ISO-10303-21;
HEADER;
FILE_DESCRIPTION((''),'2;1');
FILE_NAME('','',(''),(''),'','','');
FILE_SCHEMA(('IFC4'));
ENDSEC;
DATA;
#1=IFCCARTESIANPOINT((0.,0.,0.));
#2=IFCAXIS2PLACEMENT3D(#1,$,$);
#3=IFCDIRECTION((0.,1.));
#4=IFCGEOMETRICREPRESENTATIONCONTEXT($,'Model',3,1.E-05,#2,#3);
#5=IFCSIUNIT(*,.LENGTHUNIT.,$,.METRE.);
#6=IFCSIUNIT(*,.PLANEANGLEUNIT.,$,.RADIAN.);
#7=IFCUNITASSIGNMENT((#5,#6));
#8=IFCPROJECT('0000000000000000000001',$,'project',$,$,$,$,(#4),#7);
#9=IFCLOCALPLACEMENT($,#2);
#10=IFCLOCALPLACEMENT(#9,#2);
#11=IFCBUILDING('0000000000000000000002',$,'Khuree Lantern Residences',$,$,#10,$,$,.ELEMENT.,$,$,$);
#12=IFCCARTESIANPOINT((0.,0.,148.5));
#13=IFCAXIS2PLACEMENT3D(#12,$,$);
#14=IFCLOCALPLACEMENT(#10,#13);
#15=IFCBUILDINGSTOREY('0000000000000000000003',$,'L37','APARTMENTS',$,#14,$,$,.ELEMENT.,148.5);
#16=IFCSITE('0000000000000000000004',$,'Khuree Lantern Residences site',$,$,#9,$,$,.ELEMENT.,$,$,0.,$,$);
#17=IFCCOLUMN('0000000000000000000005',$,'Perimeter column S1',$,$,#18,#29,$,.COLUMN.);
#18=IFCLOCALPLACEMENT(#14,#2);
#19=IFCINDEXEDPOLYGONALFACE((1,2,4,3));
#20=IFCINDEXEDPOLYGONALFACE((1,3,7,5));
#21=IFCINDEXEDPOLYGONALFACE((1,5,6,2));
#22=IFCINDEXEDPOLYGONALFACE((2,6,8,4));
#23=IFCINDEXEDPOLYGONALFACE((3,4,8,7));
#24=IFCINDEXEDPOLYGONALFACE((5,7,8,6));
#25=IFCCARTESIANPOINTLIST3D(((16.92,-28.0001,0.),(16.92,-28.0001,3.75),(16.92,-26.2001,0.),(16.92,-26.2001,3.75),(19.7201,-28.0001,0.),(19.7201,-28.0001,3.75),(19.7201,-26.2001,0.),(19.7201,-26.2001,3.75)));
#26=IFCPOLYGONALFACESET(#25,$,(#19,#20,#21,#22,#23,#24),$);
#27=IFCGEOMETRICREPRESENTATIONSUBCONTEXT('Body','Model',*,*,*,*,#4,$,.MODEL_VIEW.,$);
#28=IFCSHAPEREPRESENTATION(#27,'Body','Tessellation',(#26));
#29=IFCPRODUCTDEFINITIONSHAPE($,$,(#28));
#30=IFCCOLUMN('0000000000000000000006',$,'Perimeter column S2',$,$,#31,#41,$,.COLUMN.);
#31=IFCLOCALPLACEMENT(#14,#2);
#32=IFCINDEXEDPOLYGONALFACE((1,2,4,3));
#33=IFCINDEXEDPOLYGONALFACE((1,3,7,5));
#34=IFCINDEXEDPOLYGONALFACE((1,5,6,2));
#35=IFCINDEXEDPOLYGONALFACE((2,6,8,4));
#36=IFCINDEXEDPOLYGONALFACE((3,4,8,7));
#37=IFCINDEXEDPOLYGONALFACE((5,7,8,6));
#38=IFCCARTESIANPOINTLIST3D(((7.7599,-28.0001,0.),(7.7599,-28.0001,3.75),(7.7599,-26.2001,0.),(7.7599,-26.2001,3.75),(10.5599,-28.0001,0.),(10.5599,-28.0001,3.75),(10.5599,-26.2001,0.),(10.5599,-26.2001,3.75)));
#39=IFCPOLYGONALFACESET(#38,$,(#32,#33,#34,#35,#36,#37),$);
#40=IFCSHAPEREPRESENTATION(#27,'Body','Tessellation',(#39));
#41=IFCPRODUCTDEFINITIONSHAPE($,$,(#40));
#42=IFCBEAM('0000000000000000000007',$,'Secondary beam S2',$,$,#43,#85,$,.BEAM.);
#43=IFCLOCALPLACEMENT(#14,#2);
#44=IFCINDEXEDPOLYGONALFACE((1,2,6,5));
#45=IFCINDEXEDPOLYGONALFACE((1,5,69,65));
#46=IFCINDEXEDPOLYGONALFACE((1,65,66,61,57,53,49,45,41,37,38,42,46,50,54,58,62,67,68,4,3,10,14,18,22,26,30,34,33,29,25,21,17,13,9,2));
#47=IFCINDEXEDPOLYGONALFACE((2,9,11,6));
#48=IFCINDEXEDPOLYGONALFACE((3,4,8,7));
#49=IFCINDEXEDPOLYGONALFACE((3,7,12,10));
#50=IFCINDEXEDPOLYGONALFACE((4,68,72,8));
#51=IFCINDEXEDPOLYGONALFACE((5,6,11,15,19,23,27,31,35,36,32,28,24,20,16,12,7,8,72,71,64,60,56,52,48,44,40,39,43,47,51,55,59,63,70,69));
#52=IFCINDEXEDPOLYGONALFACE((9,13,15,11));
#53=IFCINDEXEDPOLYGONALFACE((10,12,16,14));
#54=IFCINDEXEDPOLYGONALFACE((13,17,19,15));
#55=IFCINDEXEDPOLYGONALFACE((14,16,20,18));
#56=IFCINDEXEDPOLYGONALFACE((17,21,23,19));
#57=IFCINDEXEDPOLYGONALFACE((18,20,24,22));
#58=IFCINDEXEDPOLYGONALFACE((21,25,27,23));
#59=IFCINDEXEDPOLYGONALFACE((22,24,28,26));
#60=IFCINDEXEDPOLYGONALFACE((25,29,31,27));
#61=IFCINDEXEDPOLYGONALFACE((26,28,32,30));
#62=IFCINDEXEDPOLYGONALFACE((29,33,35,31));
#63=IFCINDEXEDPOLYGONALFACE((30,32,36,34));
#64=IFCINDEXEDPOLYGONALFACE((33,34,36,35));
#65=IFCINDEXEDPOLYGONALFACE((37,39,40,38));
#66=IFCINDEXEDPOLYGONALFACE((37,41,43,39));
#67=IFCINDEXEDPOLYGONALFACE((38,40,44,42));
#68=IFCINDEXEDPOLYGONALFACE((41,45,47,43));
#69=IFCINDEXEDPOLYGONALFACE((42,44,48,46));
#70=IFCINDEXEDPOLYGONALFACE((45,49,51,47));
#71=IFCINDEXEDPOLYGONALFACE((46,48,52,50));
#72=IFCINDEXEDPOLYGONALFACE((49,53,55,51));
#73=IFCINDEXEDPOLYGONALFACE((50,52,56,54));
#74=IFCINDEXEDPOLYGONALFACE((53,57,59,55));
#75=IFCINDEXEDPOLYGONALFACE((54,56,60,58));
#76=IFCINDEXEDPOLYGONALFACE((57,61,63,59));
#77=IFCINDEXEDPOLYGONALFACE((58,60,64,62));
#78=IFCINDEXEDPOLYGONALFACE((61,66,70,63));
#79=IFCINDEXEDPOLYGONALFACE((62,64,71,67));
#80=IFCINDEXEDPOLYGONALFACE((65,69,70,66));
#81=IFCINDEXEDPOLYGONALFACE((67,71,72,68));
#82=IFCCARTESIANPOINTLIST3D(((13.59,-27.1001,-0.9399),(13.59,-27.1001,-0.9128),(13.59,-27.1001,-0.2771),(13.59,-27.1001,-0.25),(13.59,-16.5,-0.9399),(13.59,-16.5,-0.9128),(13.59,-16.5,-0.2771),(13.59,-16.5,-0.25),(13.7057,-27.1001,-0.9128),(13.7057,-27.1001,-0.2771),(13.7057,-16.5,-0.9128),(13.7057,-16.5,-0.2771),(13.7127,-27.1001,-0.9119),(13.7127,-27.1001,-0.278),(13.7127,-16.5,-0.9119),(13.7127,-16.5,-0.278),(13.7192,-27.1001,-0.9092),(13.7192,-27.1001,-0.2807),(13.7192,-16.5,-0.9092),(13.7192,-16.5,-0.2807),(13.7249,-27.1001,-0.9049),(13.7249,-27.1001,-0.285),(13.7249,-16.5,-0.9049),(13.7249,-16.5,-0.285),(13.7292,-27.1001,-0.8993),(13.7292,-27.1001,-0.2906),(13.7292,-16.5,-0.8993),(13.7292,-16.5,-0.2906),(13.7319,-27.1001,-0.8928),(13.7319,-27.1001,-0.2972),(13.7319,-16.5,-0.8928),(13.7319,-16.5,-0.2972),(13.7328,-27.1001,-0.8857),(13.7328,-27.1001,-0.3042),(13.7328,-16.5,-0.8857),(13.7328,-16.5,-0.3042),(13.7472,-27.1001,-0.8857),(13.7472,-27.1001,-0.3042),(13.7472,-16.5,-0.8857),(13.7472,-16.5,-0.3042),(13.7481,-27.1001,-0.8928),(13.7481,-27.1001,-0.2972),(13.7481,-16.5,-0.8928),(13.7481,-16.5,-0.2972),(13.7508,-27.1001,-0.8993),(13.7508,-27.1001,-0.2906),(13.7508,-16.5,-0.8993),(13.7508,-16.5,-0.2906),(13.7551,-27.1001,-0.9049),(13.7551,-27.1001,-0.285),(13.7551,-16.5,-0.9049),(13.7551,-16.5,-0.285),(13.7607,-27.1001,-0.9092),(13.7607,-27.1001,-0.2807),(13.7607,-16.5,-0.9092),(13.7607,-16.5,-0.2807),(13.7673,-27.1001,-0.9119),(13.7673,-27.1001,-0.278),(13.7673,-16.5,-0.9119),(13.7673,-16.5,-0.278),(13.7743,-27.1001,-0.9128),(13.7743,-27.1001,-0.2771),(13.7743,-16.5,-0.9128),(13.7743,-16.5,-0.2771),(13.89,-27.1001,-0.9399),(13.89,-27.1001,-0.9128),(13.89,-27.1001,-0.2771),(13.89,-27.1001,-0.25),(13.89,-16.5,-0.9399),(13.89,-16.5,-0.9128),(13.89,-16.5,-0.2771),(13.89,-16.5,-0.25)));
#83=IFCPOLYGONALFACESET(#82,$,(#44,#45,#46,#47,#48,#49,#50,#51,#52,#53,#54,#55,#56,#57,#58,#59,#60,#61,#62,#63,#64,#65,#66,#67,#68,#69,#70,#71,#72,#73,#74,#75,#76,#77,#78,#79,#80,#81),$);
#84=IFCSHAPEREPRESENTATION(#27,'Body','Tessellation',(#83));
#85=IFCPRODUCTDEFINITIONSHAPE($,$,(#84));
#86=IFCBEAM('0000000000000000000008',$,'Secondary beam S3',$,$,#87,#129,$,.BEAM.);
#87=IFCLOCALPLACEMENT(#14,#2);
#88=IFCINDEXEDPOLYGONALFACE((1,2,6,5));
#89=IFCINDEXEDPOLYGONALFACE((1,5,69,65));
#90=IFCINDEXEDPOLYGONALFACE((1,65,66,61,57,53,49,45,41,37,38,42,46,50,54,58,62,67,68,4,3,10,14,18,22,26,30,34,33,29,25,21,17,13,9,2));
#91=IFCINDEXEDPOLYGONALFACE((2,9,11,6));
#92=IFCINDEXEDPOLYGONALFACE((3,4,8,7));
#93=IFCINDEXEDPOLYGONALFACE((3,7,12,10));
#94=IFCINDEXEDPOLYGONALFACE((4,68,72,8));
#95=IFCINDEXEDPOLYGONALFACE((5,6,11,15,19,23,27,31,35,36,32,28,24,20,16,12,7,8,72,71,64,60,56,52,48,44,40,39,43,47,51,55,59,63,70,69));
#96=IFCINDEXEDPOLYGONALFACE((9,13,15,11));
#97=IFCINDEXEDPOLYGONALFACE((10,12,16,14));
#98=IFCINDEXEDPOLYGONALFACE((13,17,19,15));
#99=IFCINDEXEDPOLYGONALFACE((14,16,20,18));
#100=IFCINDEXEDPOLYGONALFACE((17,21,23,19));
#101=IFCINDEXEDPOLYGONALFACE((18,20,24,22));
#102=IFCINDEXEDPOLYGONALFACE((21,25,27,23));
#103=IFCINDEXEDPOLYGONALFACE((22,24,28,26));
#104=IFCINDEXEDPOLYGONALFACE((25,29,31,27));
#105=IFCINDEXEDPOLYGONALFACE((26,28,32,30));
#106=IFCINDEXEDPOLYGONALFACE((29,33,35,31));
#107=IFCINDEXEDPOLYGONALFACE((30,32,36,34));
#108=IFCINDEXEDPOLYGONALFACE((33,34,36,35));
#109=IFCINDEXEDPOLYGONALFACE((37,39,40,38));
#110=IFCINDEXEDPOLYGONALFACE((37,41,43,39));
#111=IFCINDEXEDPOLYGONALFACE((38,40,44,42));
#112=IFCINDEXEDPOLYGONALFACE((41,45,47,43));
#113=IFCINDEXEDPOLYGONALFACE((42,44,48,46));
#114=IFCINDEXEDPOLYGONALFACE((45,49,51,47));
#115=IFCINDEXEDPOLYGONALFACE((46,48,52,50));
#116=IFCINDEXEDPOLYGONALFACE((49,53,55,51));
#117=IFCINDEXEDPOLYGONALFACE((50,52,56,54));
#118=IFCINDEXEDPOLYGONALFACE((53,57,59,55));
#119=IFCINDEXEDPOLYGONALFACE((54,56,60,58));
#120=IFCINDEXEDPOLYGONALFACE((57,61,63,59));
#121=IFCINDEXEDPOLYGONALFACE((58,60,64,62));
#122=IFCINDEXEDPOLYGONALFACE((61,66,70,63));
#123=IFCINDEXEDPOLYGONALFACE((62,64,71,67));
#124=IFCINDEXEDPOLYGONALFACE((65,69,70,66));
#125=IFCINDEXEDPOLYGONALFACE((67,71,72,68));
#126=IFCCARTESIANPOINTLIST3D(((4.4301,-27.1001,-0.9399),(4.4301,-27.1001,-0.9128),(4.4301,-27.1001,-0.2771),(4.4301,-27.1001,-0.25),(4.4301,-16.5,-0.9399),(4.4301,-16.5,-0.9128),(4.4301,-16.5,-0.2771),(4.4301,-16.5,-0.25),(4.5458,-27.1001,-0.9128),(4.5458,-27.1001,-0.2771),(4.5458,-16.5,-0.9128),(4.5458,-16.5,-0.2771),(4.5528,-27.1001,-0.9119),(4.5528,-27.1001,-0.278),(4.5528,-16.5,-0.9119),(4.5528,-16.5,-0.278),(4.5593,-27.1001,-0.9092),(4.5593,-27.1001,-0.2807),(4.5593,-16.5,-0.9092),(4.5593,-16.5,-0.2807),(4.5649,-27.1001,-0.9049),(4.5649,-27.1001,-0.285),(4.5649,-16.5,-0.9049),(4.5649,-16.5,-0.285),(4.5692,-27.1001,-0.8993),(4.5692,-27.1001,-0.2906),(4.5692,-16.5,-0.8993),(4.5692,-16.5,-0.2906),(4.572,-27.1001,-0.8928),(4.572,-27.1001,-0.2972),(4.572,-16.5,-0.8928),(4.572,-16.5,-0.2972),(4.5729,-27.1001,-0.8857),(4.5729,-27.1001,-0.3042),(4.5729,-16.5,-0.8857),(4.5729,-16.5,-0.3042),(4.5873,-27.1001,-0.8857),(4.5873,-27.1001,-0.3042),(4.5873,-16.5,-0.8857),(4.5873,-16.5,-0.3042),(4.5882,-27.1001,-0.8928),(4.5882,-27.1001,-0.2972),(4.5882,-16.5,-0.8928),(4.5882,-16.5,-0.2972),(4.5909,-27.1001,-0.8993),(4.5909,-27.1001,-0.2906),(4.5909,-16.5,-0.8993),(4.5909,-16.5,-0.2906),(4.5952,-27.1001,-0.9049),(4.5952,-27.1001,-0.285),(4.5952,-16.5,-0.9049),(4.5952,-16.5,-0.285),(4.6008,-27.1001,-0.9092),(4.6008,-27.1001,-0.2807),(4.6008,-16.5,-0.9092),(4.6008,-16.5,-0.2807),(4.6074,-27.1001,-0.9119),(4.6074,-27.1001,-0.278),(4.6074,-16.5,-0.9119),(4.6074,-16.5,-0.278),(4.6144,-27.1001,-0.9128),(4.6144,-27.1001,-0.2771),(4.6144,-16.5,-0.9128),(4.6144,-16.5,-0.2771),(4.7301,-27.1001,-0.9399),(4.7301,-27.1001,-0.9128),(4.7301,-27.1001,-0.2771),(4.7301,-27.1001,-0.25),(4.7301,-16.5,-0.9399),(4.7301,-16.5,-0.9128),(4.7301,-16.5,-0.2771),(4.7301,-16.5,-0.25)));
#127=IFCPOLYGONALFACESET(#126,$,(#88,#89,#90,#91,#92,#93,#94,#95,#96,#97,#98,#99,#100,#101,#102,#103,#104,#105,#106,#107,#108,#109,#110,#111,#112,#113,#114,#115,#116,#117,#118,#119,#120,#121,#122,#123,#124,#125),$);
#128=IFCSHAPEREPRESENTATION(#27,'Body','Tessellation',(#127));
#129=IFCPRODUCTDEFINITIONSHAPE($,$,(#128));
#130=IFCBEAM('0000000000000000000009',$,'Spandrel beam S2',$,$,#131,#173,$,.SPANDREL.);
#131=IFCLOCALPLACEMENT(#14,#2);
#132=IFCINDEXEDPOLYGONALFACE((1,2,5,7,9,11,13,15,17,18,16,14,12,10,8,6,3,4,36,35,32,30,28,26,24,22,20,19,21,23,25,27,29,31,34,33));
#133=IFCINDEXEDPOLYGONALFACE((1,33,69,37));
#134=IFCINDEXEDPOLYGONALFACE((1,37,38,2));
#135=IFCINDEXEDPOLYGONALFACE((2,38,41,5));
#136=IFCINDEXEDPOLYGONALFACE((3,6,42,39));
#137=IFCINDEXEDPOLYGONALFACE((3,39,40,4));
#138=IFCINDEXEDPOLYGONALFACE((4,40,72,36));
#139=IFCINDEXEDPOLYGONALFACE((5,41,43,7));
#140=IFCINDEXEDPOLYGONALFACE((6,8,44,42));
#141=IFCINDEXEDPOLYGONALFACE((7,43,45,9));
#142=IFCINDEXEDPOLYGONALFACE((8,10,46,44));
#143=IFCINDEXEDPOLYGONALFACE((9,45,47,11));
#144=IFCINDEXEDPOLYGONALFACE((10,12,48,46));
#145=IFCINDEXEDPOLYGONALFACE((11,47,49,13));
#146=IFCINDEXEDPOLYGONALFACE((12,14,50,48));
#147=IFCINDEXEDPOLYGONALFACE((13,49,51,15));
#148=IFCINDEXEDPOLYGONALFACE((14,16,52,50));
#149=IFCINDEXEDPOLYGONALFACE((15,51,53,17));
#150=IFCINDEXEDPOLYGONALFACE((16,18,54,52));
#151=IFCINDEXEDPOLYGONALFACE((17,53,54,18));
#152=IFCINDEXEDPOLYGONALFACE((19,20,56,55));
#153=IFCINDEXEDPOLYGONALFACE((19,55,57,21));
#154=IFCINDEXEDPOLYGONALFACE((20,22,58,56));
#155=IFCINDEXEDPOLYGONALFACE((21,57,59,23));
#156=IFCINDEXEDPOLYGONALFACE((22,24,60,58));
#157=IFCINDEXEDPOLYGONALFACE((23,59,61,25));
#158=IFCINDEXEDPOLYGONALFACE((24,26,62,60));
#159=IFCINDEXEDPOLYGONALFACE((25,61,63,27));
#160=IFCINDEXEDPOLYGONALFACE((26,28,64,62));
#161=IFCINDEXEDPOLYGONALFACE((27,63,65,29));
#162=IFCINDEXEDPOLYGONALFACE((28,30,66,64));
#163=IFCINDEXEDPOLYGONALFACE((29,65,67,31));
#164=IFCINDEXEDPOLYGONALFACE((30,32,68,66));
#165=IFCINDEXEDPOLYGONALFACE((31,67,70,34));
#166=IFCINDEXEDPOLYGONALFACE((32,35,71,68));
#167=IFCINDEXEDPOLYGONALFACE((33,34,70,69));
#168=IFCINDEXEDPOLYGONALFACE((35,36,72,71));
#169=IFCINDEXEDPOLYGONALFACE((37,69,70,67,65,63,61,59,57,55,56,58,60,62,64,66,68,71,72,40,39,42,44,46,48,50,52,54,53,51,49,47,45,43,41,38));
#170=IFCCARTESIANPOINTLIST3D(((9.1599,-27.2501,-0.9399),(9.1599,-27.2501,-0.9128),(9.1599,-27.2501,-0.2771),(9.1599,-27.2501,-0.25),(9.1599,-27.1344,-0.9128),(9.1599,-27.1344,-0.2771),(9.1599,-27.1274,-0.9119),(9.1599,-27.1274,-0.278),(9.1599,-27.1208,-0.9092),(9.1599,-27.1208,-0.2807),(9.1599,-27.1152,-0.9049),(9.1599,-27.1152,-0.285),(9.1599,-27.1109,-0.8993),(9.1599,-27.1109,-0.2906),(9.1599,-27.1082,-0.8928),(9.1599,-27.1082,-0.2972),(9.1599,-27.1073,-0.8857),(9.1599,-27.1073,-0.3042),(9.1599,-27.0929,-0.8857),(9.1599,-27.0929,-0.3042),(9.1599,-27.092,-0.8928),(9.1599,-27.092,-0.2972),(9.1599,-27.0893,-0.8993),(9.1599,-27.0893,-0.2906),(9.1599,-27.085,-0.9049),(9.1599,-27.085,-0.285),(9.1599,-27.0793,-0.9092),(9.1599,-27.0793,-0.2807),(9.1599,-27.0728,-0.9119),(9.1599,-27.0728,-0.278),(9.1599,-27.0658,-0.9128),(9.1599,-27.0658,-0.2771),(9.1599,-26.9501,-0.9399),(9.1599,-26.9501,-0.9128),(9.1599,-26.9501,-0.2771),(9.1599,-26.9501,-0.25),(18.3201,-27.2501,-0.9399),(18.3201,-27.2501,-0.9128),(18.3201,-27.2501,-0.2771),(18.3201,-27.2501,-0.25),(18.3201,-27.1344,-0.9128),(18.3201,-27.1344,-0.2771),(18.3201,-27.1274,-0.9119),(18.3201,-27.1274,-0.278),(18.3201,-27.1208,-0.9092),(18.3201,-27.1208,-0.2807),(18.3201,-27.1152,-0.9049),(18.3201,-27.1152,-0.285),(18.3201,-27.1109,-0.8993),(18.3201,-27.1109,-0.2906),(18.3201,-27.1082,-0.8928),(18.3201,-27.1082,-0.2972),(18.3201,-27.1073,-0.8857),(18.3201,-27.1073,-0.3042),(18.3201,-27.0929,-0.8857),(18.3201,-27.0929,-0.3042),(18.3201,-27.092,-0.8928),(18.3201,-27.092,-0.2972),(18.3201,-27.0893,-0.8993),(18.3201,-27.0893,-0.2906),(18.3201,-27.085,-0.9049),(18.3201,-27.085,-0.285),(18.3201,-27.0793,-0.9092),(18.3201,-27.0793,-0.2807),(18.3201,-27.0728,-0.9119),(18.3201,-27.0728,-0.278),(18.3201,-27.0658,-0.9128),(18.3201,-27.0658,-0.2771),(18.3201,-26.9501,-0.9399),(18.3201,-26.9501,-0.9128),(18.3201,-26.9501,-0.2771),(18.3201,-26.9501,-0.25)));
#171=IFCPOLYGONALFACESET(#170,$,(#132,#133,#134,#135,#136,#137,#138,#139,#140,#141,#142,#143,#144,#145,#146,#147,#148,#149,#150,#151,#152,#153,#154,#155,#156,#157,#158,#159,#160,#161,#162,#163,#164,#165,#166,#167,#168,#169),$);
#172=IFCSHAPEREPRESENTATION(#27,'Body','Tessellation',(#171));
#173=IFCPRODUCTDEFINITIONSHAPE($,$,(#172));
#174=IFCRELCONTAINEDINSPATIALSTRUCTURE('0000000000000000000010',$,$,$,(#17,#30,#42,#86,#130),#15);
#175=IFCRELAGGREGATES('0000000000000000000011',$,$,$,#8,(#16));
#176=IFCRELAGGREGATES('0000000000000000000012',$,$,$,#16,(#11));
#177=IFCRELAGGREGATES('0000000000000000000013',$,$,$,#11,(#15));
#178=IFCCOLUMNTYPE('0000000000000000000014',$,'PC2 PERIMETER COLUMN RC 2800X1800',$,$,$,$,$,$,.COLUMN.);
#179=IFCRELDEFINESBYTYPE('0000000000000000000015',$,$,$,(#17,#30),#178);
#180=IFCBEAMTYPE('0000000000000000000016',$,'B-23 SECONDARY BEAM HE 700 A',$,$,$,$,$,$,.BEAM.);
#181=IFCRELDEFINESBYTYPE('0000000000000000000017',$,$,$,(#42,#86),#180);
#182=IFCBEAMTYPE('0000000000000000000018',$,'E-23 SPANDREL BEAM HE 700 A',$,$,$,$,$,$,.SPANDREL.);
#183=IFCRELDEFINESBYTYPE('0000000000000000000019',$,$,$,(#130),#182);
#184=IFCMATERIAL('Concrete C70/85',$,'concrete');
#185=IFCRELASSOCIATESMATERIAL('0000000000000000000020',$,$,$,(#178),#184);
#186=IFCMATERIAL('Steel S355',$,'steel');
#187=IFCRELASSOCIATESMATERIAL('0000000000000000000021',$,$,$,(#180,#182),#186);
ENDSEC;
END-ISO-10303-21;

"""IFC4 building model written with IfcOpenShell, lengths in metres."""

from ifc_helpers import new_model, si_unit, direction, frame, origin, origin_2d, place, context, subcontext, project, spatial, rectangle, i_section, extrude, material, material_profile, profile_set, type_object, element, save


model = new_model("IFC4")

# Units and contexts
model_context = context("Model", 3, precision=1e-05, world=origin(), true_north=direction((0.0, 1.0)))
body_context = subcontext(model_context, "Body", "Model", "MODEL_VIEW")
ifc_project = project(units=[si_unit("LENGTHUNIT", "METRE"), si_unit("PLANEANGLEUNIT", "RADIAN")], contexts=[model_context])

# Site, building, storey
site_placement = place(None, origin())
site = spatial("IfcSite", under=ifc_project, at=site_placement, Name="Khuree Lantern Residences site", CompositionType="ELEMENT", RefElevation=0.0)
building_placement = place(site_placement, origin())
building = spatial("IfcBuilding", under=site, at=building_placement, Name="Khuree Lantern Residences", CompositionType="ELEMENT")
storey_placement = place(building_placement, frame((0.0, 0.0, 148.5)))
storey = spatial("IfcBuildingStorey", under=building, at=storey_placement, Name="L37", Description="APARTMENTS", CompositionType="ELEMENT", Elevation=148.5)

# Columns
ifc_material_1 = material(Name="Concrete C70/85", Category="concrete")
ifc_material_profile_1 = material_profile(ifc_material_1, rectangle(XDim=2.8, YDim=1.8, at=origin_2d()), Name="RC 2800X1800")
ifc_profile_set_1 = profile_set([ifc_material_profile_1], Name="Concrete C70/85")
column_type = type_object("IfcColumnType", Name="PC2 PERIMETER COLUMN RC 2800X1800", PredefinedType="COLUMN", material=ifc_profile_set_1)
for number, where, z_axis, x_axis, name in (
    (1, (18.3201, -27.1001, 0.0), (0.0, 0.0, 1.0), (1.0, 0.0, 0.0), "Perimeter column S1"),
    (2, (9.1599, -27.1001, 0.0), (0.0, 0.0, 1.0), (1.0, 0.0, 0.0), "Perimeter column S2"),
):
    element("IfcColumn", number, at=place(storey_placement, frame(where, z_axis=z_axis, x_axis=x_axis)), inside=storey, type_object=column_type, Name=name, PredefinedType="COLUMN", context=body_context, shape_type="SweptSolid", body=[
        extrude(rectangle(XDim=2.8, YDim=1.8, at=origin_2d()), origin(), (0.0, 0.0, 1.0), 3.75),
    ])

# Beams
ifc_material_2 = material(Name="Steel S355", Category="steel")
ifc_material_profile_2 = material_profile(ifc_material_2, i_section(OverallWidth=0.3, OverallDepth=0.6899, WebThickness=0.0144, FlangeThickness=0.0271, FilletRadius=0.0271, at=origin_2d()), Name="HE 700 A")
ifc_profile_set_2 = profile_set([ifc_material_profile_2], Name="Steel S355")
beam_type_1 = type_object("IfcBeamType", Name="B-23 SECONDARY BEAM HE 700 A", PredefinedType="BEAM", material=ifc_profile_set_2)
for number, where, z_axis, x_axis, name in (
    (3, (13.74, -27.1001, -0.595), (0.0, 1.0, 0.0), (-1.0, 0.0, 0.0), "Secondary beam S2"),
    (4, (4.5801, -27.1001, -0.595), (0.0, 1.0, 0.0), (-1.0, 0.0, 0.0), "Secondary beam S3"),
):
    element("IfcBeam", number, at=place(storey_placement, frame(where, z_axis=z_axis, x_axis=x_axis)), inside=storey, type_object=beam_type_1, Name=name, PredefinedType="BEAM", context=body_context, shape_type="SweptSolid", body=[
        extrude(i_section(OverallWidth=0.3, OverallDepth=0.6899, WebThickness=0.0144, FlangeThickness=0.0271, FilletRadius=0.0271, at=origin_2d()), origin(), (0.0, 0.0, 1.0), 10.6001),
    ])
ifc_material_profile_3 = material_profile(ifc_material_2, i_section(OverallWidth=0.3, OverallDepth=0.6899, WebThickness=0.0144, FlangeThickness=0.0271, FilletRadius=0.0271, at=origin_2d()), Name="HE 700 A")
ifc_profile_set_3 = profile_set([ifc_material_profile_3], Name="Steel S355")
beam_type_2 = type_object("IfcBeamType", Name="E-23 SPANDREL BEAM HE 700 A", PredefinedType="SPANDREL", material=ifc_profile_set_3)
beam_1_placement = place(storey_placement, frame((18.3201, -27.1001, -0.595), z_axis=(-1.0, 0.0, 0.0), x_axis=(0.0, -1.0, 0.0)))
element("IfcBeam", 5, at=beam_1_placement, inside=storey, type_object=beam_type_2, Name="Spandrel beam S2", PredefinedType="SPANDREL", context=body_context, shape_type="SweptSolid", body=[
    extrude(i_section(OverallWidth=0.3, OverallDepth=0.6899, WebThickness=0.0144, FlangeThickness=0.0271, FilletRadius=0.0271, at=origin_2d()), origin(), (0.0, 0.0, 1.0), 9.1602),
])

save(model, "model.ifc")
